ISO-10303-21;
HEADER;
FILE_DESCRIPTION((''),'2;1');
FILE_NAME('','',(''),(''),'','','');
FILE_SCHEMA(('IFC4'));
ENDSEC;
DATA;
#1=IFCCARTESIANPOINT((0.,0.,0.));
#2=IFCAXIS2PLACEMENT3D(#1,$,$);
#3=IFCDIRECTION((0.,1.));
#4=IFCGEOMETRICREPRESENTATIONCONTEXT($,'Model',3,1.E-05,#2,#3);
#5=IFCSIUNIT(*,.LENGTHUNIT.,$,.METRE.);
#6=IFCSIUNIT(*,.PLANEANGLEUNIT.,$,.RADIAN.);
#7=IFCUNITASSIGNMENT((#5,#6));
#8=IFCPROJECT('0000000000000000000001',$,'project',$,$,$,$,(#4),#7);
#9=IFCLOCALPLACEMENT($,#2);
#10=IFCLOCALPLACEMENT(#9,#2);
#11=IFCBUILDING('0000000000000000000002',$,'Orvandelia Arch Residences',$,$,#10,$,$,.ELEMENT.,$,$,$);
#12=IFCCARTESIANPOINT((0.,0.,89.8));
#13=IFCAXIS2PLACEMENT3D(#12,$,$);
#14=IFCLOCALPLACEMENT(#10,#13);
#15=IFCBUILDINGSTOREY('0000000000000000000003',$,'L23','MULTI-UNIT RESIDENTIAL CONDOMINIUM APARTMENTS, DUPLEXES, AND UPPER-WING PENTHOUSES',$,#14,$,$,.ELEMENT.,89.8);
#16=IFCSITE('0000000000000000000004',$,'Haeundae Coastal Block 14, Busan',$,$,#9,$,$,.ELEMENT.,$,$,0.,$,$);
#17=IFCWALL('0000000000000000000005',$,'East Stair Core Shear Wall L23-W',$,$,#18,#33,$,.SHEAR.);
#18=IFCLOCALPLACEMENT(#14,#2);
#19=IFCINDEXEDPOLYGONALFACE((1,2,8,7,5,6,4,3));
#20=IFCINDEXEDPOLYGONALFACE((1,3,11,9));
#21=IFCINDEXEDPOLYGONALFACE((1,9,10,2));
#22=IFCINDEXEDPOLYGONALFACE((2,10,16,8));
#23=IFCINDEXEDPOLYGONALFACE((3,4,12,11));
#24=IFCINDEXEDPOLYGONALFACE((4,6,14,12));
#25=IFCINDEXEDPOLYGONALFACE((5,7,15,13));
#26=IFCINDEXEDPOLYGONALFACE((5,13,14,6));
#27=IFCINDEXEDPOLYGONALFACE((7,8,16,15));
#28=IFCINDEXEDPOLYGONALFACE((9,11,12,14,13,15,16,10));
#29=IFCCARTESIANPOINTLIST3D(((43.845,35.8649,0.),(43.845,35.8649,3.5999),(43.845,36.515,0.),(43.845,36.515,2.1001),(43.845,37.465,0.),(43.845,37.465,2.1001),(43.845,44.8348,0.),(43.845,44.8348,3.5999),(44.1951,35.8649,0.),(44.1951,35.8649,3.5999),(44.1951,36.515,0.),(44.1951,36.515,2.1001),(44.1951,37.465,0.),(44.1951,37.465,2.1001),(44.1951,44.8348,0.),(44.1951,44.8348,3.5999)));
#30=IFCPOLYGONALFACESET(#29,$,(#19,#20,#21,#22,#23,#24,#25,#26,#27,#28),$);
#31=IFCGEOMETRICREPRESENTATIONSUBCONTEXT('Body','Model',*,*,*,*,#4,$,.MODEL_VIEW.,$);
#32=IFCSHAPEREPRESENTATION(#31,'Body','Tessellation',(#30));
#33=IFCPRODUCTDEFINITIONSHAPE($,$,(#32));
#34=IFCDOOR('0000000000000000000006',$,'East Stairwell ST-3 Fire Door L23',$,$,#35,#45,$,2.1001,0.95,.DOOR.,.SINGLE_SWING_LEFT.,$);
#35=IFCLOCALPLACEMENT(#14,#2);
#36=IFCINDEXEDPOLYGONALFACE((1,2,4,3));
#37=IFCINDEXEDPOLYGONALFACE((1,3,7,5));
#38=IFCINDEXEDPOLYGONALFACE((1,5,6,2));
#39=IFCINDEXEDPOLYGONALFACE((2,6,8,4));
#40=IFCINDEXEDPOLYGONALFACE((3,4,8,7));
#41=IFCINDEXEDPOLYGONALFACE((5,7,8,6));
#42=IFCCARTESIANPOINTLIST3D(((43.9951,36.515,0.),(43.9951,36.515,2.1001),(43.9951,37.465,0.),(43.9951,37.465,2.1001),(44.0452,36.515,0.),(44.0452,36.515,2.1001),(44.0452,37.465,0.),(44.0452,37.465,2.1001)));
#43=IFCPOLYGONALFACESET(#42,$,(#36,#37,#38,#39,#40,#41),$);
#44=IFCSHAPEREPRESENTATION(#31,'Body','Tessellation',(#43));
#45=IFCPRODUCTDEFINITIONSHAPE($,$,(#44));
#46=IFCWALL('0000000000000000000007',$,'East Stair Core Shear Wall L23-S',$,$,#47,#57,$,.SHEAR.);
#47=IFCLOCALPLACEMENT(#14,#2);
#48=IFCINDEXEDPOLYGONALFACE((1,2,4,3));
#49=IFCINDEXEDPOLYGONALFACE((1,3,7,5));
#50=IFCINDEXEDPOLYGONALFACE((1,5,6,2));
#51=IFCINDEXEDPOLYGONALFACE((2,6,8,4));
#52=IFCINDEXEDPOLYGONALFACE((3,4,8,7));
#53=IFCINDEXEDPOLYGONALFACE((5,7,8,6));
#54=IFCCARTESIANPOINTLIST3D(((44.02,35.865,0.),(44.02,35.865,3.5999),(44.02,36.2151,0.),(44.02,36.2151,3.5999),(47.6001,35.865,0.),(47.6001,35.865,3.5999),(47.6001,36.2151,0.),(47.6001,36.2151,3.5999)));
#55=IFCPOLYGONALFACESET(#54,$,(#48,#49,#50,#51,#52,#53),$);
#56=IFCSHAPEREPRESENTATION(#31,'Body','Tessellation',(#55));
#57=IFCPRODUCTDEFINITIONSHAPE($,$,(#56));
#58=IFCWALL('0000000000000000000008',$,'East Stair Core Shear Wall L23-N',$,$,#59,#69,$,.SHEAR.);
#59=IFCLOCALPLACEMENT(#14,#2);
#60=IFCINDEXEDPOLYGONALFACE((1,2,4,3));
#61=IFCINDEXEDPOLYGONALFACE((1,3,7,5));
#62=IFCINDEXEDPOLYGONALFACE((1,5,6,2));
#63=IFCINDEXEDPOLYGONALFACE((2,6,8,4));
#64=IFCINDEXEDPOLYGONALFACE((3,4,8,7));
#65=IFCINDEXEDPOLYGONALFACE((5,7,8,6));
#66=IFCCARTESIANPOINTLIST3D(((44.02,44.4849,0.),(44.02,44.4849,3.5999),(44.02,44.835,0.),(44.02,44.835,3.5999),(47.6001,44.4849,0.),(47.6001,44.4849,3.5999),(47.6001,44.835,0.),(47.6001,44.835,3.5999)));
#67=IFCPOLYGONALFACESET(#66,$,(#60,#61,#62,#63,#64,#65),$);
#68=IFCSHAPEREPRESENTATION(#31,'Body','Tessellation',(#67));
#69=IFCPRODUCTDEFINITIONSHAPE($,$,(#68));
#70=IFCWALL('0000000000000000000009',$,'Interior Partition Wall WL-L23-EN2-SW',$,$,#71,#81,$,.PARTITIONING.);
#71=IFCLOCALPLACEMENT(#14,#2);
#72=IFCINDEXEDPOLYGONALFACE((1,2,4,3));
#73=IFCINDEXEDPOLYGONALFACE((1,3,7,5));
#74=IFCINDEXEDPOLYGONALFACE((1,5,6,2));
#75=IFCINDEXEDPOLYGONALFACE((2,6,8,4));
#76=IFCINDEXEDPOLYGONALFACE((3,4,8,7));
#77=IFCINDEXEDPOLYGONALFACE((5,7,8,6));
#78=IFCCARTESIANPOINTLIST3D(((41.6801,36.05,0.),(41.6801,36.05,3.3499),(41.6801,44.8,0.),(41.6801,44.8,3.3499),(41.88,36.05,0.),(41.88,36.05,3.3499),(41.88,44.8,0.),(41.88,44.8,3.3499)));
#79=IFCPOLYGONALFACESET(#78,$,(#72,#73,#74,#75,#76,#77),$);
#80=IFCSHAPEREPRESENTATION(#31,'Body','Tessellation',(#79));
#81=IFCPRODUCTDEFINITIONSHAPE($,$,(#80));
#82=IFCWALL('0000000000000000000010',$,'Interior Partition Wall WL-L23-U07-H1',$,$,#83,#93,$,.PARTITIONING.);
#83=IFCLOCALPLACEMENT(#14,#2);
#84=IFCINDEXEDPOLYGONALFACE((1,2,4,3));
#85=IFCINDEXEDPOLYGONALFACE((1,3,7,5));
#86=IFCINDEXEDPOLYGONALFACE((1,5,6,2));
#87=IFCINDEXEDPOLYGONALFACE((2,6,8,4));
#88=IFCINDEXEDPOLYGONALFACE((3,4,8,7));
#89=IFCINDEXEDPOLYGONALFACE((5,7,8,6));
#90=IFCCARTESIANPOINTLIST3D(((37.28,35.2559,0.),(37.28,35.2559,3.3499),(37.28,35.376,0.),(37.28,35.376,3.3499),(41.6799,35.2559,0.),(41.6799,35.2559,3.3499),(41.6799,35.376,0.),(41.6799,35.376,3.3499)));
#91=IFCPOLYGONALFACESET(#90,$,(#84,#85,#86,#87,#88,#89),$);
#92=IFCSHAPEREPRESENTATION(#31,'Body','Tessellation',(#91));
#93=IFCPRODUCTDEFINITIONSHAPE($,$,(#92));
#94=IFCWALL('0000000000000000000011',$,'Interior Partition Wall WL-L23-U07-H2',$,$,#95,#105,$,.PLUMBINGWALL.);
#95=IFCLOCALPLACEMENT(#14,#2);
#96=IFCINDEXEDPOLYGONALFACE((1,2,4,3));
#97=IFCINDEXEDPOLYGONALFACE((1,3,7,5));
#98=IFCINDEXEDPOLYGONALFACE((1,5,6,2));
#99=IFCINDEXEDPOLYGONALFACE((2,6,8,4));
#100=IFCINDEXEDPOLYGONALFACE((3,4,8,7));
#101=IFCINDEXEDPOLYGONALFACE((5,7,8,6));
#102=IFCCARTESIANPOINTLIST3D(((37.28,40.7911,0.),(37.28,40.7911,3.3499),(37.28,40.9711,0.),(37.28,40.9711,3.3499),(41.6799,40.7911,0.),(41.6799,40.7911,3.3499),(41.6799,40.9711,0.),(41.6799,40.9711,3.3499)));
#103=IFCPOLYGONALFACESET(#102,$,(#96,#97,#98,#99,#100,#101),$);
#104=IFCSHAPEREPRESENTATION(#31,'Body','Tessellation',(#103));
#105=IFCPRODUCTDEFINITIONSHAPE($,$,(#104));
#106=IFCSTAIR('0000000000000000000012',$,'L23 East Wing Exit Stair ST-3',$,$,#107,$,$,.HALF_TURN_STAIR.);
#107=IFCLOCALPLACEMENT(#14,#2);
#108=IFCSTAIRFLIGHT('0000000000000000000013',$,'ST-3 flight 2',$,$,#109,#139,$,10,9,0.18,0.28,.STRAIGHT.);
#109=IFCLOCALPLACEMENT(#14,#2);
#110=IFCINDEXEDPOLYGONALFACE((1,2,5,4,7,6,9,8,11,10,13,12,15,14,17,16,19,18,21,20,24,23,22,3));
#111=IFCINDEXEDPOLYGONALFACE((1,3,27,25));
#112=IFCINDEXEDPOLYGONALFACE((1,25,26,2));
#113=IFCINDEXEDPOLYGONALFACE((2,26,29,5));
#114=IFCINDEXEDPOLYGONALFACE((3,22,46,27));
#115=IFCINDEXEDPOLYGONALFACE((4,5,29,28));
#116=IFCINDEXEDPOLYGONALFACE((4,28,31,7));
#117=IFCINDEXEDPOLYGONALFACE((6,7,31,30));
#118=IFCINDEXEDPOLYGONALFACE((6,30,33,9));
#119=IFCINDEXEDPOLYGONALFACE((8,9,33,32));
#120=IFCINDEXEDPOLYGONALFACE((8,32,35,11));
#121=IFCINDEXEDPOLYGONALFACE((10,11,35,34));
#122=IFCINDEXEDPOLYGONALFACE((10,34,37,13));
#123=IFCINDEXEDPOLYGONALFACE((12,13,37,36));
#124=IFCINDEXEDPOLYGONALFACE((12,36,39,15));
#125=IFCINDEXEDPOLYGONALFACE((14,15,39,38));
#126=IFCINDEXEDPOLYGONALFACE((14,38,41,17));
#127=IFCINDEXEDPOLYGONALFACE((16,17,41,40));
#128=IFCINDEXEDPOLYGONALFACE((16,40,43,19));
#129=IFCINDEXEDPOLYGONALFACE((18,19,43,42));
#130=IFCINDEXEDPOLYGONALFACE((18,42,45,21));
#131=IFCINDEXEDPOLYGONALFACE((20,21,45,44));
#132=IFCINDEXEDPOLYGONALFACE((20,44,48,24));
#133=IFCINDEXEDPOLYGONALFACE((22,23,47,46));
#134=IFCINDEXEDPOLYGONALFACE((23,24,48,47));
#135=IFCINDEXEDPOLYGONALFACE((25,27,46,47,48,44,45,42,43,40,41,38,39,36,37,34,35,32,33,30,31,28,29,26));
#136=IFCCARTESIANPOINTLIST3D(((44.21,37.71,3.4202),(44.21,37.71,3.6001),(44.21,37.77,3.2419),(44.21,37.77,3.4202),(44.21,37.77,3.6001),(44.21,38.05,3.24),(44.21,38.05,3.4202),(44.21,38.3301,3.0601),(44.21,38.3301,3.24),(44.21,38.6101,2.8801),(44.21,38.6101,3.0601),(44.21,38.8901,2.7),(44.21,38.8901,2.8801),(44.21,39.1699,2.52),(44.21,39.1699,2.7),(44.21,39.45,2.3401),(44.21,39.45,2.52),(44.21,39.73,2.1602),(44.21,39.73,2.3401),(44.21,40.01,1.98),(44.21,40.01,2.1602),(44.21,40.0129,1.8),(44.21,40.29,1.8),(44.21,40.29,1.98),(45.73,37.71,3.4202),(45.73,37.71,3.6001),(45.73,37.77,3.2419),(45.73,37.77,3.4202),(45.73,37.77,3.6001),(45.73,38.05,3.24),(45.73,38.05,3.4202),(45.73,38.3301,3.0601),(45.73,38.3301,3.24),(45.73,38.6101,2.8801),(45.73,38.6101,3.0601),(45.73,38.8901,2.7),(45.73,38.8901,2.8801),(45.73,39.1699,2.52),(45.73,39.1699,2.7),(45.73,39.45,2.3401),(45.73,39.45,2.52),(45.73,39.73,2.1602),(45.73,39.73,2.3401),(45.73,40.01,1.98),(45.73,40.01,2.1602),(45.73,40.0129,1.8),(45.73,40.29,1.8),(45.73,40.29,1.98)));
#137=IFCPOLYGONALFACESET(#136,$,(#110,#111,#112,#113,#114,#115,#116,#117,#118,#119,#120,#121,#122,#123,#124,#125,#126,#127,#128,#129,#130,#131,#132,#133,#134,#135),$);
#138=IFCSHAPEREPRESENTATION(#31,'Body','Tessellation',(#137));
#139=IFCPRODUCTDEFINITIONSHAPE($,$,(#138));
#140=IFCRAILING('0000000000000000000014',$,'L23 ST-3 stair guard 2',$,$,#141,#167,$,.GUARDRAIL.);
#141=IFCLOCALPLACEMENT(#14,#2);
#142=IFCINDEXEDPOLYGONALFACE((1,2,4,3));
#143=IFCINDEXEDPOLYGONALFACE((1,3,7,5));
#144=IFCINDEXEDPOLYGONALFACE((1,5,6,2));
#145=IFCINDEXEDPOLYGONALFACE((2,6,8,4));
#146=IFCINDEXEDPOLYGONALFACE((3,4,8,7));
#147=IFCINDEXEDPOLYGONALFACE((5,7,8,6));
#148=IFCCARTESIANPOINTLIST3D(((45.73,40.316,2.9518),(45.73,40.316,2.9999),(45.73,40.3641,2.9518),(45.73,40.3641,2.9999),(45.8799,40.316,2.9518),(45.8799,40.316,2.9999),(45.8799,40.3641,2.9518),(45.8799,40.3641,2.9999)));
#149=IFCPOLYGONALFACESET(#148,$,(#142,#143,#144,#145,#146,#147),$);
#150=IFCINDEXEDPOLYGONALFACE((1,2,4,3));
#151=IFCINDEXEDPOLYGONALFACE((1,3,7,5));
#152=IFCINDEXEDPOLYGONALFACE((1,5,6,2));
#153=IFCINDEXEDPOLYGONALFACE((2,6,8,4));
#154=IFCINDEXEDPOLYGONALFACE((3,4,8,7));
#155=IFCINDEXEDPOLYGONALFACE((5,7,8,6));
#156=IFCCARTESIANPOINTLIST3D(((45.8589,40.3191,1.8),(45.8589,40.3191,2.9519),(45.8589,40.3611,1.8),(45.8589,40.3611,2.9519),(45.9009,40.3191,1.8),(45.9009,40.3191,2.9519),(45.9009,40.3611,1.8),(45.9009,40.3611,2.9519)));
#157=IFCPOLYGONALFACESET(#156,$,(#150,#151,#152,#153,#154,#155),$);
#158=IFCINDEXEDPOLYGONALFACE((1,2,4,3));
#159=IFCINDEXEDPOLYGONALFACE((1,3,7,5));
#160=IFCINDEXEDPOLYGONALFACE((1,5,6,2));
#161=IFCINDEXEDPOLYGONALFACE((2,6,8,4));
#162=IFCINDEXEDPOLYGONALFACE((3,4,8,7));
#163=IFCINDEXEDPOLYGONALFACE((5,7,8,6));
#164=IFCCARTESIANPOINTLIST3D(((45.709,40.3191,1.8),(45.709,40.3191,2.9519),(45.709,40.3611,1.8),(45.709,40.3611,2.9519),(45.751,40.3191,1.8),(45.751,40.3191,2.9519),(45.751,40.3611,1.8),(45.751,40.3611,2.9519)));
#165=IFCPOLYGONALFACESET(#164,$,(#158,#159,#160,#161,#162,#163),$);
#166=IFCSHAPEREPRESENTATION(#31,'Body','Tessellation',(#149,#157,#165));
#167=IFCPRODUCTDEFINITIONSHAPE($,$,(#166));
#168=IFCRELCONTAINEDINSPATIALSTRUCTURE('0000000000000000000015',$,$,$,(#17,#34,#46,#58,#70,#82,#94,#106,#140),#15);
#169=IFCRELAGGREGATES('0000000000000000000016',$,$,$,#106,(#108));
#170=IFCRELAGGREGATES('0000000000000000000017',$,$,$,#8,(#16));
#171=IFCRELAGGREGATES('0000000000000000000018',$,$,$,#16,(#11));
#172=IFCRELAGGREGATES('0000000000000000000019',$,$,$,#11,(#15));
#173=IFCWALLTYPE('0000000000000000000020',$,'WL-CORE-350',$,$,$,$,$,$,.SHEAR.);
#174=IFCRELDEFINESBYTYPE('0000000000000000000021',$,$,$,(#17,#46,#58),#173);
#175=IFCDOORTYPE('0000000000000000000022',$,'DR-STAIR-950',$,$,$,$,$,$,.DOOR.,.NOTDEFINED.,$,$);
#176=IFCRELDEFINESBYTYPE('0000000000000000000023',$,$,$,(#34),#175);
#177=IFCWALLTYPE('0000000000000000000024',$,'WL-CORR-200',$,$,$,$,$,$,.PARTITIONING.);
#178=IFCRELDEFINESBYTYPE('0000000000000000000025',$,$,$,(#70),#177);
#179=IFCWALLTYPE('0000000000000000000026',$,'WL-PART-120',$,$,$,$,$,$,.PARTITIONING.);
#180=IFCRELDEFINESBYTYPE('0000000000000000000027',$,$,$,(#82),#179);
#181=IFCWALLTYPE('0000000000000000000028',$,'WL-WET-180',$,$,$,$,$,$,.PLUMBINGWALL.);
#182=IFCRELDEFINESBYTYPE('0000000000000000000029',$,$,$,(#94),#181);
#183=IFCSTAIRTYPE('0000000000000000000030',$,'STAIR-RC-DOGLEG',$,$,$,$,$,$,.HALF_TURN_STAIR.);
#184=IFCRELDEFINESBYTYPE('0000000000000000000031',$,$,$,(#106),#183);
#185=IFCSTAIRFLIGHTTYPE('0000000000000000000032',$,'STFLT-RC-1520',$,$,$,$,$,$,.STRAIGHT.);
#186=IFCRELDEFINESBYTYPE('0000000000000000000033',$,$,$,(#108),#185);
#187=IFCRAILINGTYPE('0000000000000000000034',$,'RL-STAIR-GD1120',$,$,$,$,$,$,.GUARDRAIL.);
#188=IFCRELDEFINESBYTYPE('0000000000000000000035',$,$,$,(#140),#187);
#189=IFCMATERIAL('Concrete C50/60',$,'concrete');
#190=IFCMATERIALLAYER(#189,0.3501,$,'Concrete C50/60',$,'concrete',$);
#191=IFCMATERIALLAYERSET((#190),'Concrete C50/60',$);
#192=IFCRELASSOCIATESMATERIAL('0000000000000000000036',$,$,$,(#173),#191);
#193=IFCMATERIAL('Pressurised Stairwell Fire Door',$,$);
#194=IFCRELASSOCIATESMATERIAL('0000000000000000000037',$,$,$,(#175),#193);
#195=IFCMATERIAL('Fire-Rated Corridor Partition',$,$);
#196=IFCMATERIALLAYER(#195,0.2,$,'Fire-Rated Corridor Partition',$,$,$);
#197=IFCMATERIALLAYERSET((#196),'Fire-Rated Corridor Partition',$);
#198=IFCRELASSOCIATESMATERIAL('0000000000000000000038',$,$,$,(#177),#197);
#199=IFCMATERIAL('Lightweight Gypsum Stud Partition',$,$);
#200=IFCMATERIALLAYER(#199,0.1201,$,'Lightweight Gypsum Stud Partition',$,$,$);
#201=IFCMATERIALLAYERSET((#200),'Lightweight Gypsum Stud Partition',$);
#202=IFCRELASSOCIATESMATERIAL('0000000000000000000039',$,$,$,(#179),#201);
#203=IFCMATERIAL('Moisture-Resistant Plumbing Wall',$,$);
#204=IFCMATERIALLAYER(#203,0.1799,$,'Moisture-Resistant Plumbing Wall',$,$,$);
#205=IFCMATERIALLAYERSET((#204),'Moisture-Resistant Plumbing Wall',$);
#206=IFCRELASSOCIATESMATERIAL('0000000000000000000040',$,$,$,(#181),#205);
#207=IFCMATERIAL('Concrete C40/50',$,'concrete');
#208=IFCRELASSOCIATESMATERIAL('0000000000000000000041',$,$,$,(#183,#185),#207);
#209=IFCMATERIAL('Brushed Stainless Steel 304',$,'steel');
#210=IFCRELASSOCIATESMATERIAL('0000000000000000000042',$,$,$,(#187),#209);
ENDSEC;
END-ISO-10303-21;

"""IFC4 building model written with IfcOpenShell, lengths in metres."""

from ifc_helpers import new_model, si_unit, direction, frame, frame_2d, origin, origin_2d, place, context, subcontext, project, spatial, polyline, rectangle, outline, extrude, material, layer, layer_set, type_object, element, fill, aggregate, save


model = new_model("IFC4")

# Units and contexts
model_context = context("Model", 3, precision=1e-05, world=origin(), true_north=direction((0.0, 1.0)))
body_context = subcontext(model_context, "Body", "Model", "MODEL_VIEW")
ifc_project = project(units=[si_unit("LENGTHUNIT", "METRE"), si_unit("PLANEANGLEUNIT", "RADIAN")], contexts=[model_context])

# Site, building, storey
site_placement = place(None, origin())
site = spatial("IfcSite", under=ifc_project, at=site_placement, Name="Haeundae Coastal Block 14, Busan", CompositionType="ELEMENT", RefElevation=0.0)
building_placement = place(site_placement, origin())
building = spatial("IfcBuilding", under=site, at=building_placement, Name="Orvandelia Arch Residences", CompositionType="ELEMENT")
storey_placement = place(building_placement, frame((0.0, 0.0, 89.8)))
storey = spatial("IfcBuildingStorey", under=building, at=storey_placement, Name="L23", Description="MULTI-UNIT RESIDENTIAL CONDOMINIUM APARTMENTS, DUPLEXES, AND UPPER-WING PENTHOUSES", CompositionType="ELEMENT", Elevation=89.8)

# Wall, opening, door
ifc_material_1 = material(Name="Concrete C50/60", Category="concrete")
ifc_layer_1 = layer(ifc_material_1, 0.3501, Name="Concrete C50/60", Category="concrete")
ifc_layer_set_1 = layer_set([ifc_layer_1], Name="Concrete C50/60")
wall_type_1 = type_object("IfcWallType", Name="WL-CORE-350", PredefinedType="SHEAR", material=ifc_layer_set_1)
wall_1_placement = place(storey_placement, frame((44.02, 35.865, 0.0), z_axis=(0.0, 0.0, 1.0), x_axis=(0.0, 1.0, 0.0)))
wall_1 = element("IfcWall", 1, at=wall_1_placement, inside=storey, type_object=wall_type_1, Name="East Stair Core Shear Wall L23-W", PredefinedType="SHEAR", context=body_context, shape_type="SweptSolid", body=[
    extrude(rectangle(XDim=8.97, YDim=0.3501, at=frame_2d((4.4849, 0.0))), origin(), (0.0, 0.0, 1.0), 3.5999),
])
opening_1_placement = place(wall_1_placement, frame((0.6499, 0.0, 0.0)))
opening_1 = element("IfcOpeningElement", 2, at=opening_1_placement, cuts=wall_1, PredefinedType="OPENING", context=body_context, shape_type="SweptSolid", body=[
    extrude(rectangle(XDim=0.95, YDim=2.1001, at=frame_2d((0.4751, 1.05))), frame((0.0, 0.1851, 0.0), z_axis=(0.0, -1.0, 0.0), x_axis=(1.0, 0.0, 0.0)), (0.0, 0.0, 1.0), 0.3701),
])
ifc_material_2 = material(Name="Pressurised Stairwell Fire Door")
door_type_1 = type_object("IfcDoorType", Name="DR-STAIR-950", OperationType="NOTDEFINED", PredefinedType="DOOR", material=ifc_material_2)
door_1_placement = place(opening_1_placement, origin())
door_1 = element("IfcDoor", 3, at=door_1_placement, inside=storey, type_object=door_type_1, Name="East Stairwell ST-3 Fire Door L23", OperationType="SINGLE_SWING_LEFT", OverallHeight=2.1001, OverallWidth=0.95, PredefinedType="DOOR", context=body_context, shape_type="SweptSolid", body=[
    extrude(rectangle(XDim=0.95, YDim=2.1001, at=frame_2d((0.4751, 1.05))), frame((0.0, 0.0249, 0.0), z_axis=(0.0, -1.0, 0.0), x_axis=(1.0, 0.0, 0.0)), (0.0, 0.0, 1.0), 0.05),
])
fill(opening_1, door_1)

# Walls
for number, where, z_axis, x_axis, name in (
    (4, (44.02, 36.04, 0.0), (0.0, 0.0, 1.0), (1.0, 0.0, 0.0), "East Stair Core Shear Wall L23-S"),
    (5, (44.02, 44.6599, 0.0), (0.0, 0.0, 1.0), (1.0, 0.0, 0.0), "East Stair Core Shear Wall L23-N"),
):
    element("IfcWall", number, at=place(storey_placement, frame(where, z_axis=z_axis, x_axis=x_axis)), inside=storey, type_object=wall_type_1, Name=name, PredefinedType="SHEAR", context=body_context, shape_type="SweptSolid", body=[
        extrude(rectangle(XDim=3.5801, YDim=0.3501, at=frame_2d((1.79, 0.0))), origin(), (0.0, 0.0, 1.0), 3.5999),
    ])
ifc_material_3 = material(Name="Fire-Rated Corridor Partition")
ifc_layer_2 = layer(ifc_material_3, 0.2, Name="Fire-Rated Corridor Partition")
ifc_layer_set_2 = layer_set([ifc_layer_2], Name="Fire-Rated Corridor Partition")
wall_type_2 = type_object("IfcWallType", Name="WL-CORR-200", PredefinedType="PARTITIONING", material=ifc_layer_set_2)
wall_2_placement = place(storey_placement, frame((41.78, 36.05, 0.0), z_axis=(0.0, 0.0, 1.0), x_axis=(0.0, 1.0, 0.0)))
element("IfcWall", 6, at=wall_2_placement, inside=storey, type_object=wall_type_2, Name="Interior Partition Wall WL-L23-EN2-SW", PredefinedType="PARTITIONING", context=body_context, shape_type="SweptSolid", body=[
    extrude(rectangle(XDim=8.75, YDim=0.2, at=frame_2d((4.375, 0.0))), origin(), (0.0, 0.0, 1.0), 3.3499),
])

# Walls
ifc_material_4 = material(Name="Lightweight Gypsum Stud Partition")
ifc_layer_3 = layer(ifc_material_4, 0.1201, Name="Lightweight Gypsum Stud Partition")
ifc_layer_set_3 = layer_set([ifc_layer_3], Name="Lightweight Gypsum Stud Partition")
wall_type_3 = type_object("IfcWallType", Name="WL-PART-120", PredefinedType="PARTITIONING", material=ifc_layer_set_3)
wall_3_placement = place(storey_placement, frame((37.28, 35.3159, 0.0), z_axis=(0.0, 0.0, 1.0), x_axis=(1.0, 0.0, 0.0)))
element("IfcWall", 7, at=wall_3_placement, inside=storey, type_object=wall_type_3, Name="Interior Partition Wall WL-L23-U07-H1", PredefinedType="PARTITIONING", context=body_context, shape_type="SweptSolid", body=[
    extrude(rectangle(XDim=4.3999, YDim=0.1201, at=frame_2d((2.2, 0.0))), origin(), (0.0, 0.0, 1.0), 3.3499),
])
ifc_material_5 = material(Name="Moisture-Resistant Plumbing Wall")
ifc_layer_4 = layer(ifc_material_5, 0.1799, Name="Moisture-Resistant Plumbing Wall")
ifc_layer_set_4 = layer_set([ifc_layer_4], Name="Moisture-Resistant Plumbing Wall")
wall_type_4 = type_object("IfcWallType", Name="WL-WET-180", PredefinedType="PLUMBINGWALL", material=ifc_layer_set_4)
wall_4_placement = place(storey_placement, frame((37.28, 40.8811, 0.0), z_axis=(0.0, 0.0, 1.0), x_axis=(1.0, 0.0, 0.0)))
element("IfcWall", 8, at=wall_4_placement, inside=storey, type_object=wall_type_4, Name="Interior Partition Wall WL-L23-U07-H2", PredefinedType="PLUMBINGWALL", context=body_context, shape_type="SweptSolid", body=[
    extrude(rectangle(XDim=4.3999, YDim=0.1799, at=frame_2d((2.2, 0.0))), origin(), (0.0, 0.0, 1.0), 3.3499),
])

# Stair, stair flight
ifc_material_6 = material(Name="Concrete C40/50", Category="concrete")
stair_type = type_object("IfcStairType", Name="STAIR-RC-DOGLEG", PredefinedType="HALF_TURN_STAIR", material=ifc_material_6)
stair_placement = place(storey_placement, origin())
stair = element("IfcStair", 9, at=stair_placement, inside=storey, type_object=stair_type, Name="L23 East Wing Exit Stair ST-3", PredefinedType="HALF_TURN_STAIR")
stair_flight_type = type_object("IfcStairFlightType", Name="STFLT-RC-1520", PredefinedType="STRAIGHT", material=ifc_material_6)
stair_flight_placement = place(storey_placement, frame((44.97, 40.29, 1.8), z_axis=(0.0, 0.0, 1.0), x_axis=(0.0, -1.0, 0.0)))
stair_flight = element("IfcStairFlight", 10, at=stair_flight_placement, type_object=stair_flight_type, Name="ST-3 flight 2", NumberOfRisers=10, NumberOfTreads=9, PredefinedType="STRAIGHT", RiserHeight=0.18, TreadLength=0.28, context=body_context, shape_type="SweptSolid", body=[
    extrude(outline(polyline([(0.0, 0.0), (0.0, 0.1799), (0.28, 0.1799), (0.28, 0.3601), (0.5601, 0.3601), (0.5601, 0.54), (0.8401, 0.54), (0.8401, 0.72), (1.1201, 0.72), (1.1201, 0.8999), (1.3999, 0.8999), (1.3999, 1.0801), (1.6799, 1.0801), (1.6799, 1.26), (1.96, 1.26), (1.96, 1.4399), (2.24, 1.4399), (2.24, 1.6201), (2.52, 1.6201), (2.52, 1.8), (2.5801, 1.8), (2.5801, 1.6201), (2.52, 1.4419), (0.2771, 0.0), (0.0, 0.0)])), frame((0.0, 0.76, 0.0), z_axis=(0.0, -1.0, 0.0), x_axis=(1.0, 0.0, 0.0)), (0.0, 0.0, 1.0), 1.52),
])
aggregate(stair, [stair_flight])

# Railing
ifc_material_7 = material(Name="Brushed Stainless Steel 304", Category="steel")
railing_type_1 = type_object("IfcRailingType", Name="RL-STAIR-GD1120", PredefinedType="GUARDRAIL", material=ifc_material_7)
railing_1_placement = place(storey_placement, frame((45.8799, 40.3401, 1.8)))
element("IfcRailing", 11, at=railing_1_placement, inside=storey, type_object=railing_type_1, Name="L23 ST-3 stair guard 2", PredefinedType="GUARDRAIL", context=body_context, shape_type="SweptSolid", body=[
    extrude(rectangle(XDim=0.0481, YDim=0.0481, at=origin_2d()), frame((0.0, 0.0, 1.1758), z_axis=(-1.0, 0.0, 0.0), x_axis=(0.0, -1.0, 0.0)), (0.0, 0.0, 1.0), 0.1499),
    extrude(rectangle(XDim=0.042, YDim=0.042, at=origin_2d()), origin(), (0.0, 0.0, 1.0), 1.1519),
    extrude(rectangle(XDim=0.042, YDim=0.042, at=origin_2d()), frame((-0.1499, 0.0, 0.0)), (0.0, 0.0, 1.0), 1.1519),
])

save(model, "model.ifc")
